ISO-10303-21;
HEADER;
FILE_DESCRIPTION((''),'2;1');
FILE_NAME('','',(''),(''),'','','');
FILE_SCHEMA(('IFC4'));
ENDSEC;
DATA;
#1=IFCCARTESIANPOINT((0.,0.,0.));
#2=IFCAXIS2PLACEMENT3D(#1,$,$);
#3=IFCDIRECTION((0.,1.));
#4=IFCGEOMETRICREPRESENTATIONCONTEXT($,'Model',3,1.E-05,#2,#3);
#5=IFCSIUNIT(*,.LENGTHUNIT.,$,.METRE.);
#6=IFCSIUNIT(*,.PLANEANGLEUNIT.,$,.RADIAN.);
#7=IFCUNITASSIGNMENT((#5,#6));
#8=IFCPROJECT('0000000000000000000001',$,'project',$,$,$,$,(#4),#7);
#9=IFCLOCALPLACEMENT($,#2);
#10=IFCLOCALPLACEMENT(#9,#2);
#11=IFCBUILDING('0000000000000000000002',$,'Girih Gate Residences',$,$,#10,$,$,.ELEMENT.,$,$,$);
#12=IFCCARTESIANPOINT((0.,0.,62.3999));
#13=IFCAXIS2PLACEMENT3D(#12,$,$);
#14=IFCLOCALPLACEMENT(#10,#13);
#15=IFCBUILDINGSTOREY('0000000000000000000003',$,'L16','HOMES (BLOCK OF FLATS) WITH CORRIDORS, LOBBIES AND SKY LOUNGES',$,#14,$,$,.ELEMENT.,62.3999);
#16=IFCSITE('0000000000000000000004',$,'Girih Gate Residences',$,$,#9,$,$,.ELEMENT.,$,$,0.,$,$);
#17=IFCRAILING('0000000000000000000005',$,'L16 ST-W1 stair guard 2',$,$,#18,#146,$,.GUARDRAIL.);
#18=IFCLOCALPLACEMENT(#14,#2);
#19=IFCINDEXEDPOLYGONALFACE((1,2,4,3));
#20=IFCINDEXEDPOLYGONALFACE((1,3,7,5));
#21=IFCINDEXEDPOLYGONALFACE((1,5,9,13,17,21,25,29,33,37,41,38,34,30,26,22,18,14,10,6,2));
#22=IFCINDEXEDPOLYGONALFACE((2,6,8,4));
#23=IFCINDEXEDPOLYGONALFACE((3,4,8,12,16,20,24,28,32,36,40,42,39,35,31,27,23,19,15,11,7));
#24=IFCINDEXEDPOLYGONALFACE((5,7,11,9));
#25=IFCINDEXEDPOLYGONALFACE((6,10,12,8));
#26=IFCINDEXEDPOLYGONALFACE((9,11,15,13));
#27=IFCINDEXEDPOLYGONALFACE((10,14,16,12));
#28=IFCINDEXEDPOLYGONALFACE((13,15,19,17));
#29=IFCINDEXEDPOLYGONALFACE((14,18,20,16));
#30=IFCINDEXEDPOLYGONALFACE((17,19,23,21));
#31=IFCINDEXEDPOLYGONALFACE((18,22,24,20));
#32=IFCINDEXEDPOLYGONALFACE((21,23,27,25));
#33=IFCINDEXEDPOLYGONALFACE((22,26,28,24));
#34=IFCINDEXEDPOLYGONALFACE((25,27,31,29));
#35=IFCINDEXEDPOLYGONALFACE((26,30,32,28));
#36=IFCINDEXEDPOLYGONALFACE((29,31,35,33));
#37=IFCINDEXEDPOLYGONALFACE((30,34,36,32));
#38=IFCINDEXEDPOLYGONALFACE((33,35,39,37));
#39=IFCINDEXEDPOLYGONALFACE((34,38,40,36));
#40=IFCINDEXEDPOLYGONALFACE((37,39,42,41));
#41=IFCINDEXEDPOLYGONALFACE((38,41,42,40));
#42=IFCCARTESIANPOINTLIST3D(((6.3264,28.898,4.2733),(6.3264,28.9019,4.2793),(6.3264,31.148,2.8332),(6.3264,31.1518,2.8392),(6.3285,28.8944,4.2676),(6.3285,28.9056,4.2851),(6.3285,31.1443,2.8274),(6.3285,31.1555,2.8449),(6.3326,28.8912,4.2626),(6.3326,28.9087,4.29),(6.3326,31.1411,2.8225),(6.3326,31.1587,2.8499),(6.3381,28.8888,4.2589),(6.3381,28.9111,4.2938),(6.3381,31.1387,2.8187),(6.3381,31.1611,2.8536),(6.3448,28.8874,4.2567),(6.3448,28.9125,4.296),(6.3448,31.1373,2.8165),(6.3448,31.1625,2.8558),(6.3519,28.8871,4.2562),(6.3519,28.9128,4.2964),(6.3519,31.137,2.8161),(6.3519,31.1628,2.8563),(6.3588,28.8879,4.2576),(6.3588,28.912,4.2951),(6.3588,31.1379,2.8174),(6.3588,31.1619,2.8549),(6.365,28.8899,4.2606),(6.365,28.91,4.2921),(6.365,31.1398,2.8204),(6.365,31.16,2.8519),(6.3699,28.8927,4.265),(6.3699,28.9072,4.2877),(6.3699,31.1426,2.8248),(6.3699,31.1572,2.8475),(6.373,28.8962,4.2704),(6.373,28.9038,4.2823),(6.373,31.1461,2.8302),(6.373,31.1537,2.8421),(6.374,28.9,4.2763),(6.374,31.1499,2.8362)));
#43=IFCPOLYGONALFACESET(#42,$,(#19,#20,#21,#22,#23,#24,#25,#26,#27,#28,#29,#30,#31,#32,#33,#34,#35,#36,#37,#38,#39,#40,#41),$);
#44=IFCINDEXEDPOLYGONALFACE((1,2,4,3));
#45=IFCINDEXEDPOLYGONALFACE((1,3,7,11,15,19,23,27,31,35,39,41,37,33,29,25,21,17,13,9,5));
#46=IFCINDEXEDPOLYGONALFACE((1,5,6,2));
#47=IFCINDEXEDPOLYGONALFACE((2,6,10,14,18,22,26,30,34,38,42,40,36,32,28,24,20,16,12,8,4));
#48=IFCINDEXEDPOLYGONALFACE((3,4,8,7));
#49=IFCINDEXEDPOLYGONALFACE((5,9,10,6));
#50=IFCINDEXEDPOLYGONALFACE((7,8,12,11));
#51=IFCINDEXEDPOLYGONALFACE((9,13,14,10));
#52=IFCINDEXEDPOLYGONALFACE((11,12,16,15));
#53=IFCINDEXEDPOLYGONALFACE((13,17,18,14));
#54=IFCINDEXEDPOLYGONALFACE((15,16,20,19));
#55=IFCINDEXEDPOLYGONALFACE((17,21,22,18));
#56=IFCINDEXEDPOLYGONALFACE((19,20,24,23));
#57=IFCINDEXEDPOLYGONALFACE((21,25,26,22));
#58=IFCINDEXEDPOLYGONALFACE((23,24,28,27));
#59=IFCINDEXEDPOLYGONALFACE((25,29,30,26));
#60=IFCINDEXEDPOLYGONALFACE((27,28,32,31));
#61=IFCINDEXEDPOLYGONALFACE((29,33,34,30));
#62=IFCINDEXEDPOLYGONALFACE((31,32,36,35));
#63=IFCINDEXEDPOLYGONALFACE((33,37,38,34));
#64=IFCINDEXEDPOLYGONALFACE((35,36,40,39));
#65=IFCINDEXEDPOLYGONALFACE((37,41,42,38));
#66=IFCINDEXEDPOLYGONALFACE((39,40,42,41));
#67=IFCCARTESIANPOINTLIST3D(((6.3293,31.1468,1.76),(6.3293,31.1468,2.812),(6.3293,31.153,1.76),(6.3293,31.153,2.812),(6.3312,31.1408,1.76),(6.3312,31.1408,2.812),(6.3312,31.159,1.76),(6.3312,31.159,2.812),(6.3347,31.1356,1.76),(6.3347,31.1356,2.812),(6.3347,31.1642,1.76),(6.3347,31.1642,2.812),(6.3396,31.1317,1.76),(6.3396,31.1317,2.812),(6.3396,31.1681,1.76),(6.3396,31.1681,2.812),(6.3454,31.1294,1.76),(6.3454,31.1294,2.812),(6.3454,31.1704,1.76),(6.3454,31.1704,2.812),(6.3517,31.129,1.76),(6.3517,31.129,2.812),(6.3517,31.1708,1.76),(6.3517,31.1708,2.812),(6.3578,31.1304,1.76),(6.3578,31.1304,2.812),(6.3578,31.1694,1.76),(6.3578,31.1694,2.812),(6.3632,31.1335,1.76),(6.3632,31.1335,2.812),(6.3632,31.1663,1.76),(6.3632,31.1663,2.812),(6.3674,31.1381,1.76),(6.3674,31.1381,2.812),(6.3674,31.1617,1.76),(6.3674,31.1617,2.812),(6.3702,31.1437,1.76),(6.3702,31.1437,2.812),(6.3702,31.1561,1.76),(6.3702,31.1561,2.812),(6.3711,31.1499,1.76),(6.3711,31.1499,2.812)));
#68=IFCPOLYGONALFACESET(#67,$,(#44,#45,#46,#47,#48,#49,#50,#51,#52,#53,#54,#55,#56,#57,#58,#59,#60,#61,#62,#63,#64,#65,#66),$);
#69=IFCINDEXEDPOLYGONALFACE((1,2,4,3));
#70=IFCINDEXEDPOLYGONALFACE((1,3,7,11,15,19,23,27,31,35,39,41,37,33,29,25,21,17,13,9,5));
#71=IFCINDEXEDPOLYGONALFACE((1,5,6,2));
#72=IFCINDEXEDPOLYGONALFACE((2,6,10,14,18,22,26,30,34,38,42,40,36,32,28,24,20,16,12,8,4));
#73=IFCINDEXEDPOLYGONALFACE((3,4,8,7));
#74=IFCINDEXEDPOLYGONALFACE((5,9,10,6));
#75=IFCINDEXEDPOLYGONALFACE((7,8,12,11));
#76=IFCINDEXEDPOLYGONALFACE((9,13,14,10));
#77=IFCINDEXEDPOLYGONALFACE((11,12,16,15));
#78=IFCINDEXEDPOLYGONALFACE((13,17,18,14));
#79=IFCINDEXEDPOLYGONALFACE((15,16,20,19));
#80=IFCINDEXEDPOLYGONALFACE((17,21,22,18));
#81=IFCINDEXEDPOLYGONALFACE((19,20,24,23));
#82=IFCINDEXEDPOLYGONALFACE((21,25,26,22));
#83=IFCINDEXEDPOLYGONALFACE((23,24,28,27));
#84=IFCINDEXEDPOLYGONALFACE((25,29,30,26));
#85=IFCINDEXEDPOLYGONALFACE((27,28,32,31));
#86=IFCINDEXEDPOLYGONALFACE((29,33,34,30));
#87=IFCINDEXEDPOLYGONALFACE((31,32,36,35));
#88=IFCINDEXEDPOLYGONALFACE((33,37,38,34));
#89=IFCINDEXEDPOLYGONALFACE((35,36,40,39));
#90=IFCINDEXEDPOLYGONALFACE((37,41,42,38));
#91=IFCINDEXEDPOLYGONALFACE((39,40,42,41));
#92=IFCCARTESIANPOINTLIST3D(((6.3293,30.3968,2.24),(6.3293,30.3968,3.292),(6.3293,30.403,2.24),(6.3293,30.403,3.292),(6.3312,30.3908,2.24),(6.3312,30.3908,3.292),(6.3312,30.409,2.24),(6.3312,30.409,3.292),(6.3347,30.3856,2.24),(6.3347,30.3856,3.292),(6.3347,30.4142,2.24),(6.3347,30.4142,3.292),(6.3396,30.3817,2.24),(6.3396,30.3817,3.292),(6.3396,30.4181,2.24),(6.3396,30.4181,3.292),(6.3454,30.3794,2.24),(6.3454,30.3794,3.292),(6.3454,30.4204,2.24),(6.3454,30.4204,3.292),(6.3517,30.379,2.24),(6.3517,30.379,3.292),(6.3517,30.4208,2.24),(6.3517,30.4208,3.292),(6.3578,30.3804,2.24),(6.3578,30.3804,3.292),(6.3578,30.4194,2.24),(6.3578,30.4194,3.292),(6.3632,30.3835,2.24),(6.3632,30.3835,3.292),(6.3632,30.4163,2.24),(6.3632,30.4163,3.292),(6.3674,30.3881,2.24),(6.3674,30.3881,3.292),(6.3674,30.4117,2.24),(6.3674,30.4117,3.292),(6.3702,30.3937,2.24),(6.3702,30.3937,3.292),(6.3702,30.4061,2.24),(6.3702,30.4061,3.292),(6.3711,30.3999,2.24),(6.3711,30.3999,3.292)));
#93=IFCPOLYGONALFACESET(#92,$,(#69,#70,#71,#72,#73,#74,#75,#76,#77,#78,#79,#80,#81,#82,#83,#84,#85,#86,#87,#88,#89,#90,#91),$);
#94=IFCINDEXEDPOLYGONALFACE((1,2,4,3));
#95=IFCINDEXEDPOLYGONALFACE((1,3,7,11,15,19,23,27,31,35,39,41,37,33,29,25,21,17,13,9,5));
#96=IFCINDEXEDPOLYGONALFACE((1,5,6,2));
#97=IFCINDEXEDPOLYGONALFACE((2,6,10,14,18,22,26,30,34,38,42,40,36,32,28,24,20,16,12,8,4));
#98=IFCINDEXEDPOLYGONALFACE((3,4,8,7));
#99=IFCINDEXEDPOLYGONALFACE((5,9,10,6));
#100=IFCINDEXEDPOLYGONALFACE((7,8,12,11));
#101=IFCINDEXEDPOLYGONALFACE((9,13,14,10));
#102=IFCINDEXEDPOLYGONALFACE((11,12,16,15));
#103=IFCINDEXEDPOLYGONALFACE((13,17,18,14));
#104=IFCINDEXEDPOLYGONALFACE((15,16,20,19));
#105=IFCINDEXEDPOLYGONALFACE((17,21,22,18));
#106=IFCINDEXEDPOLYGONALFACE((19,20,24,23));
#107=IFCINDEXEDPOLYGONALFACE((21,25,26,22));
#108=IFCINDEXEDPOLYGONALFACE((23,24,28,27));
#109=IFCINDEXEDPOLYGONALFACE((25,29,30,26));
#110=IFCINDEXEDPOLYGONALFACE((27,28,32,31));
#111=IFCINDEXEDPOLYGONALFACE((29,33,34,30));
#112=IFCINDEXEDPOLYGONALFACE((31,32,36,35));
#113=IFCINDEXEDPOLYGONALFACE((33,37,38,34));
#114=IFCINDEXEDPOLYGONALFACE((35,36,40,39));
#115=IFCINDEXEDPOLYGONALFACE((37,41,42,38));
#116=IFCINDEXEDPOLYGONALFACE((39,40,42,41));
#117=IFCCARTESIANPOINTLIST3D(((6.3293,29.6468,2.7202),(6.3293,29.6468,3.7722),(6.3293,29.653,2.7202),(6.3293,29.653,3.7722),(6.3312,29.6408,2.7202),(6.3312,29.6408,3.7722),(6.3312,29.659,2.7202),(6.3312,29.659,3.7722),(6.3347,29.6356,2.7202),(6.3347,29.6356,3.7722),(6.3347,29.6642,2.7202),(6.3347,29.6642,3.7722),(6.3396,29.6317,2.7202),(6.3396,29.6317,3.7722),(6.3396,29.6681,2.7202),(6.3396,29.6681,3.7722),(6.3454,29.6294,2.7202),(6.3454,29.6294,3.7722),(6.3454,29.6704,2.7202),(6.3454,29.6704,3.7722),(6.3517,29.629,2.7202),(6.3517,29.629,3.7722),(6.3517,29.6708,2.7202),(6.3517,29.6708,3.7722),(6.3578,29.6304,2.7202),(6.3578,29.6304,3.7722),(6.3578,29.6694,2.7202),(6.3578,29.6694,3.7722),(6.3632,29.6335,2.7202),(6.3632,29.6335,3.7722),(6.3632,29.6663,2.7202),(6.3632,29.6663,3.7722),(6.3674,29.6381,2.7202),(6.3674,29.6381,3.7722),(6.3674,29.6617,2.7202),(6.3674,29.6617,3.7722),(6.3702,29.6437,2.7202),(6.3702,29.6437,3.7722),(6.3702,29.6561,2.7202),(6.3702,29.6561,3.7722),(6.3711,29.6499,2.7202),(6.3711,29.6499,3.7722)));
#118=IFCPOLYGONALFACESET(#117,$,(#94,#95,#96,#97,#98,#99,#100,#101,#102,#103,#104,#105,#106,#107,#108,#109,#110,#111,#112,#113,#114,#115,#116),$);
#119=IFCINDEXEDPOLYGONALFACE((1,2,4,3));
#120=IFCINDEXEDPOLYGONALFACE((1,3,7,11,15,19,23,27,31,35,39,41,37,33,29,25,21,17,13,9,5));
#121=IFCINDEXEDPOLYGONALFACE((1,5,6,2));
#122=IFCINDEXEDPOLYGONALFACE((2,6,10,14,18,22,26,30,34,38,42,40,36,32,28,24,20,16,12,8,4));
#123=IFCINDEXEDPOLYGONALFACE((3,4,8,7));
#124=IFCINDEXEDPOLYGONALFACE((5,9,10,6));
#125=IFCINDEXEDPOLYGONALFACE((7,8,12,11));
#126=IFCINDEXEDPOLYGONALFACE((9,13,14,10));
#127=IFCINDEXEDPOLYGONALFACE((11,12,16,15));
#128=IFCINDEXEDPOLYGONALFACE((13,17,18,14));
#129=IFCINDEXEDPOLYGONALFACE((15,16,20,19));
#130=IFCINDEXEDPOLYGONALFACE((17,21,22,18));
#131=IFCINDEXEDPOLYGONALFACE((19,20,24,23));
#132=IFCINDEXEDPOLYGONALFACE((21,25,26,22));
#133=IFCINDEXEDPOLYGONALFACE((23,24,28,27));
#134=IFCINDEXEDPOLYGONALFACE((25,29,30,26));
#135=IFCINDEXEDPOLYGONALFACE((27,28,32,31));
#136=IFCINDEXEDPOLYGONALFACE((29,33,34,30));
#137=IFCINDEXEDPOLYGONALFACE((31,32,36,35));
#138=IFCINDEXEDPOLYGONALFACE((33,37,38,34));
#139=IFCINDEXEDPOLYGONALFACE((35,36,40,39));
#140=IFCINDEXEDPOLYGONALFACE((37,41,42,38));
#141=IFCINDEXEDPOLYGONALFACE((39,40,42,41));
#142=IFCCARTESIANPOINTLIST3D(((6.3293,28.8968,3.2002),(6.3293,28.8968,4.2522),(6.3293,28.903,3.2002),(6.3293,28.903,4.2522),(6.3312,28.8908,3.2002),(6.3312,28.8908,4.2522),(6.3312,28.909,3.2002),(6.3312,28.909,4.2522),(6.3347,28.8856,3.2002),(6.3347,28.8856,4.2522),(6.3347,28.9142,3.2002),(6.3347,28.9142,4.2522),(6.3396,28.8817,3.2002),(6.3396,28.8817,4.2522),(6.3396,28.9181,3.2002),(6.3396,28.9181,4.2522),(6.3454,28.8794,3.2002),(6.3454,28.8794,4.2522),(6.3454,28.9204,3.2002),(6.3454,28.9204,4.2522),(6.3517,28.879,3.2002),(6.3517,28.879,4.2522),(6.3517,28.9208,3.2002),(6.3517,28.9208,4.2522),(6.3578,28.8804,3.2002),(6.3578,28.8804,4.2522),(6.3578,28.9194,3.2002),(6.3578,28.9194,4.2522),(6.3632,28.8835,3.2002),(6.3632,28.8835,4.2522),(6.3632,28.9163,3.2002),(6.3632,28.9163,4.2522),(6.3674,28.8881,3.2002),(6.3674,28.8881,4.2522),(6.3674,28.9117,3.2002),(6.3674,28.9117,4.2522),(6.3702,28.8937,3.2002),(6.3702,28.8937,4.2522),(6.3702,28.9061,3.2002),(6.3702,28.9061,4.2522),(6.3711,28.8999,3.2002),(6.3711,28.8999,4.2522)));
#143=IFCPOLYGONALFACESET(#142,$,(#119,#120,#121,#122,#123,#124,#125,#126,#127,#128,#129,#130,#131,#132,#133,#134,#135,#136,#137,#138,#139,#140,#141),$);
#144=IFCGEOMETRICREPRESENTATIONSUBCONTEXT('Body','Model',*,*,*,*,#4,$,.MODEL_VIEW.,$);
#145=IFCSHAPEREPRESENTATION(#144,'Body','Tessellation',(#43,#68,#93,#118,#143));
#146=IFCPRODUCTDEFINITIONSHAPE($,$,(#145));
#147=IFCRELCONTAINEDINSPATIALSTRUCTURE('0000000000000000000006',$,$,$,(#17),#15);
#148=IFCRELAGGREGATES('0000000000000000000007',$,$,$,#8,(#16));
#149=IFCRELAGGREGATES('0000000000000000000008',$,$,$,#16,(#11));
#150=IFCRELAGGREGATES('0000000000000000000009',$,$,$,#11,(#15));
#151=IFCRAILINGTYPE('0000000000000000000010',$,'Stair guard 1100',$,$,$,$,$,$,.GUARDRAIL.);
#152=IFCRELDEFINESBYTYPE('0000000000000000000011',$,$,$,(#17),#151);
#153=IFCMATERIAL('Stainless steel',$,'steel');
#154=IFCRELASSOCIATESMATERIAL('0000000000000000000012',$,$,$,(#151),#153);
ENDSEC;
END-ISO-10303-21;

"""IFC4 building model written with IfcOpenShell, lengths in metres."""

from ifc_helpers import new_model, si_unit, direction, frame, origin, origin_2d, place, context, subcontext, project, spatial, circle, extrude, material, type_object, element, save


model = new_model("IFC4")

# Units and contexts
model_context = context("Model", 3, precision=1e-05, world=origin(), true_north=direction((0.0, 1.0)))
body_context = subcontext(model_context, "Body", "Model", "MODEL_VIEW")
ifc_project = project(units=[si_unit("LENGTHUNIT", "METRE"), si_unit("PLANEANGLEUNIT", "RADIAN")], contexts=[model_context])

# Site, building, storey
site_placement = place(None, origin())
site = spatial("IfcSite", under=ifc_project, at=site_placement, Name="Girih Gate Residences", CompositionType="ELEMENT", RefElevation=0.0)
building_placement = place(site_placement, origin())
building = spatial("IfcBuilding", under=site, at=building_placement, Name="Girih Gate Residences", CompositionType="ELEMENT")
storey_placement = place(building_placement, frame((0.0, 0.0, 62.3999)))
storey = spatial("IfcBuildingStorey", under=building, at=storey_placement, Name="L16", Description="HOMES (BLOCK OF FLATS) WITH CORRIDORS, LOBBIES AND SKY LOUNGES", CompositionType="ELEMENT", Elevation=62.3999)

# Shared definitions
ifc_material_1 = material(Name="Stainless steel", Category="steel")

# Railing
railing_type = type_object("IfcRailingType", Name="Stair guard 1100", PredefinedType="GUARDRAIL", material=ifc_material_1)
railing_placement = place(storey_placement, frame((6.3501, 31.1499, 1.76)))
element("IfcRailing", 1, at=railing_placement, inside=storey, type_object=railing_type, Name="L16 ST-W1 stair guard 2", PredefinedType="GUARDRAIL", context=body_context, shape_type="SweptSolid", body=[
    extrude(circle(Radius=0.0239, at=origin_2d()), frame((0.0, 0.0, 1.0762), z_axis=(0.0, -0.84224, 0.539103), x_axis=(1.0, 0.0, 0.0)), (0.0, 0.0, 1.0), 2.6714),
    extrude(circle(Radius=0.021, at=origin_2d()), origin(), (0.0, 0.0, 1.0), 1.052),
    extrude(circle(Radius=0.021, at=origin_2d()), frame((0.0, -0.75, 0.48)), (0.0, 0.0, 1.0), 1.052),
    extrude(circle(Radius=0.021, at=origin_2d()), frame((0.0, -1.5, 0.9602)), (0.0, 0.0, 1.0), 1.052),
    extrude(circle(Radius=0.021, at=origin_2d()), frame((0.0, -2.25, 1.4402)), (0.0, 0.0, 1.0), 1.052),
])

save(model, "model.ifc")
